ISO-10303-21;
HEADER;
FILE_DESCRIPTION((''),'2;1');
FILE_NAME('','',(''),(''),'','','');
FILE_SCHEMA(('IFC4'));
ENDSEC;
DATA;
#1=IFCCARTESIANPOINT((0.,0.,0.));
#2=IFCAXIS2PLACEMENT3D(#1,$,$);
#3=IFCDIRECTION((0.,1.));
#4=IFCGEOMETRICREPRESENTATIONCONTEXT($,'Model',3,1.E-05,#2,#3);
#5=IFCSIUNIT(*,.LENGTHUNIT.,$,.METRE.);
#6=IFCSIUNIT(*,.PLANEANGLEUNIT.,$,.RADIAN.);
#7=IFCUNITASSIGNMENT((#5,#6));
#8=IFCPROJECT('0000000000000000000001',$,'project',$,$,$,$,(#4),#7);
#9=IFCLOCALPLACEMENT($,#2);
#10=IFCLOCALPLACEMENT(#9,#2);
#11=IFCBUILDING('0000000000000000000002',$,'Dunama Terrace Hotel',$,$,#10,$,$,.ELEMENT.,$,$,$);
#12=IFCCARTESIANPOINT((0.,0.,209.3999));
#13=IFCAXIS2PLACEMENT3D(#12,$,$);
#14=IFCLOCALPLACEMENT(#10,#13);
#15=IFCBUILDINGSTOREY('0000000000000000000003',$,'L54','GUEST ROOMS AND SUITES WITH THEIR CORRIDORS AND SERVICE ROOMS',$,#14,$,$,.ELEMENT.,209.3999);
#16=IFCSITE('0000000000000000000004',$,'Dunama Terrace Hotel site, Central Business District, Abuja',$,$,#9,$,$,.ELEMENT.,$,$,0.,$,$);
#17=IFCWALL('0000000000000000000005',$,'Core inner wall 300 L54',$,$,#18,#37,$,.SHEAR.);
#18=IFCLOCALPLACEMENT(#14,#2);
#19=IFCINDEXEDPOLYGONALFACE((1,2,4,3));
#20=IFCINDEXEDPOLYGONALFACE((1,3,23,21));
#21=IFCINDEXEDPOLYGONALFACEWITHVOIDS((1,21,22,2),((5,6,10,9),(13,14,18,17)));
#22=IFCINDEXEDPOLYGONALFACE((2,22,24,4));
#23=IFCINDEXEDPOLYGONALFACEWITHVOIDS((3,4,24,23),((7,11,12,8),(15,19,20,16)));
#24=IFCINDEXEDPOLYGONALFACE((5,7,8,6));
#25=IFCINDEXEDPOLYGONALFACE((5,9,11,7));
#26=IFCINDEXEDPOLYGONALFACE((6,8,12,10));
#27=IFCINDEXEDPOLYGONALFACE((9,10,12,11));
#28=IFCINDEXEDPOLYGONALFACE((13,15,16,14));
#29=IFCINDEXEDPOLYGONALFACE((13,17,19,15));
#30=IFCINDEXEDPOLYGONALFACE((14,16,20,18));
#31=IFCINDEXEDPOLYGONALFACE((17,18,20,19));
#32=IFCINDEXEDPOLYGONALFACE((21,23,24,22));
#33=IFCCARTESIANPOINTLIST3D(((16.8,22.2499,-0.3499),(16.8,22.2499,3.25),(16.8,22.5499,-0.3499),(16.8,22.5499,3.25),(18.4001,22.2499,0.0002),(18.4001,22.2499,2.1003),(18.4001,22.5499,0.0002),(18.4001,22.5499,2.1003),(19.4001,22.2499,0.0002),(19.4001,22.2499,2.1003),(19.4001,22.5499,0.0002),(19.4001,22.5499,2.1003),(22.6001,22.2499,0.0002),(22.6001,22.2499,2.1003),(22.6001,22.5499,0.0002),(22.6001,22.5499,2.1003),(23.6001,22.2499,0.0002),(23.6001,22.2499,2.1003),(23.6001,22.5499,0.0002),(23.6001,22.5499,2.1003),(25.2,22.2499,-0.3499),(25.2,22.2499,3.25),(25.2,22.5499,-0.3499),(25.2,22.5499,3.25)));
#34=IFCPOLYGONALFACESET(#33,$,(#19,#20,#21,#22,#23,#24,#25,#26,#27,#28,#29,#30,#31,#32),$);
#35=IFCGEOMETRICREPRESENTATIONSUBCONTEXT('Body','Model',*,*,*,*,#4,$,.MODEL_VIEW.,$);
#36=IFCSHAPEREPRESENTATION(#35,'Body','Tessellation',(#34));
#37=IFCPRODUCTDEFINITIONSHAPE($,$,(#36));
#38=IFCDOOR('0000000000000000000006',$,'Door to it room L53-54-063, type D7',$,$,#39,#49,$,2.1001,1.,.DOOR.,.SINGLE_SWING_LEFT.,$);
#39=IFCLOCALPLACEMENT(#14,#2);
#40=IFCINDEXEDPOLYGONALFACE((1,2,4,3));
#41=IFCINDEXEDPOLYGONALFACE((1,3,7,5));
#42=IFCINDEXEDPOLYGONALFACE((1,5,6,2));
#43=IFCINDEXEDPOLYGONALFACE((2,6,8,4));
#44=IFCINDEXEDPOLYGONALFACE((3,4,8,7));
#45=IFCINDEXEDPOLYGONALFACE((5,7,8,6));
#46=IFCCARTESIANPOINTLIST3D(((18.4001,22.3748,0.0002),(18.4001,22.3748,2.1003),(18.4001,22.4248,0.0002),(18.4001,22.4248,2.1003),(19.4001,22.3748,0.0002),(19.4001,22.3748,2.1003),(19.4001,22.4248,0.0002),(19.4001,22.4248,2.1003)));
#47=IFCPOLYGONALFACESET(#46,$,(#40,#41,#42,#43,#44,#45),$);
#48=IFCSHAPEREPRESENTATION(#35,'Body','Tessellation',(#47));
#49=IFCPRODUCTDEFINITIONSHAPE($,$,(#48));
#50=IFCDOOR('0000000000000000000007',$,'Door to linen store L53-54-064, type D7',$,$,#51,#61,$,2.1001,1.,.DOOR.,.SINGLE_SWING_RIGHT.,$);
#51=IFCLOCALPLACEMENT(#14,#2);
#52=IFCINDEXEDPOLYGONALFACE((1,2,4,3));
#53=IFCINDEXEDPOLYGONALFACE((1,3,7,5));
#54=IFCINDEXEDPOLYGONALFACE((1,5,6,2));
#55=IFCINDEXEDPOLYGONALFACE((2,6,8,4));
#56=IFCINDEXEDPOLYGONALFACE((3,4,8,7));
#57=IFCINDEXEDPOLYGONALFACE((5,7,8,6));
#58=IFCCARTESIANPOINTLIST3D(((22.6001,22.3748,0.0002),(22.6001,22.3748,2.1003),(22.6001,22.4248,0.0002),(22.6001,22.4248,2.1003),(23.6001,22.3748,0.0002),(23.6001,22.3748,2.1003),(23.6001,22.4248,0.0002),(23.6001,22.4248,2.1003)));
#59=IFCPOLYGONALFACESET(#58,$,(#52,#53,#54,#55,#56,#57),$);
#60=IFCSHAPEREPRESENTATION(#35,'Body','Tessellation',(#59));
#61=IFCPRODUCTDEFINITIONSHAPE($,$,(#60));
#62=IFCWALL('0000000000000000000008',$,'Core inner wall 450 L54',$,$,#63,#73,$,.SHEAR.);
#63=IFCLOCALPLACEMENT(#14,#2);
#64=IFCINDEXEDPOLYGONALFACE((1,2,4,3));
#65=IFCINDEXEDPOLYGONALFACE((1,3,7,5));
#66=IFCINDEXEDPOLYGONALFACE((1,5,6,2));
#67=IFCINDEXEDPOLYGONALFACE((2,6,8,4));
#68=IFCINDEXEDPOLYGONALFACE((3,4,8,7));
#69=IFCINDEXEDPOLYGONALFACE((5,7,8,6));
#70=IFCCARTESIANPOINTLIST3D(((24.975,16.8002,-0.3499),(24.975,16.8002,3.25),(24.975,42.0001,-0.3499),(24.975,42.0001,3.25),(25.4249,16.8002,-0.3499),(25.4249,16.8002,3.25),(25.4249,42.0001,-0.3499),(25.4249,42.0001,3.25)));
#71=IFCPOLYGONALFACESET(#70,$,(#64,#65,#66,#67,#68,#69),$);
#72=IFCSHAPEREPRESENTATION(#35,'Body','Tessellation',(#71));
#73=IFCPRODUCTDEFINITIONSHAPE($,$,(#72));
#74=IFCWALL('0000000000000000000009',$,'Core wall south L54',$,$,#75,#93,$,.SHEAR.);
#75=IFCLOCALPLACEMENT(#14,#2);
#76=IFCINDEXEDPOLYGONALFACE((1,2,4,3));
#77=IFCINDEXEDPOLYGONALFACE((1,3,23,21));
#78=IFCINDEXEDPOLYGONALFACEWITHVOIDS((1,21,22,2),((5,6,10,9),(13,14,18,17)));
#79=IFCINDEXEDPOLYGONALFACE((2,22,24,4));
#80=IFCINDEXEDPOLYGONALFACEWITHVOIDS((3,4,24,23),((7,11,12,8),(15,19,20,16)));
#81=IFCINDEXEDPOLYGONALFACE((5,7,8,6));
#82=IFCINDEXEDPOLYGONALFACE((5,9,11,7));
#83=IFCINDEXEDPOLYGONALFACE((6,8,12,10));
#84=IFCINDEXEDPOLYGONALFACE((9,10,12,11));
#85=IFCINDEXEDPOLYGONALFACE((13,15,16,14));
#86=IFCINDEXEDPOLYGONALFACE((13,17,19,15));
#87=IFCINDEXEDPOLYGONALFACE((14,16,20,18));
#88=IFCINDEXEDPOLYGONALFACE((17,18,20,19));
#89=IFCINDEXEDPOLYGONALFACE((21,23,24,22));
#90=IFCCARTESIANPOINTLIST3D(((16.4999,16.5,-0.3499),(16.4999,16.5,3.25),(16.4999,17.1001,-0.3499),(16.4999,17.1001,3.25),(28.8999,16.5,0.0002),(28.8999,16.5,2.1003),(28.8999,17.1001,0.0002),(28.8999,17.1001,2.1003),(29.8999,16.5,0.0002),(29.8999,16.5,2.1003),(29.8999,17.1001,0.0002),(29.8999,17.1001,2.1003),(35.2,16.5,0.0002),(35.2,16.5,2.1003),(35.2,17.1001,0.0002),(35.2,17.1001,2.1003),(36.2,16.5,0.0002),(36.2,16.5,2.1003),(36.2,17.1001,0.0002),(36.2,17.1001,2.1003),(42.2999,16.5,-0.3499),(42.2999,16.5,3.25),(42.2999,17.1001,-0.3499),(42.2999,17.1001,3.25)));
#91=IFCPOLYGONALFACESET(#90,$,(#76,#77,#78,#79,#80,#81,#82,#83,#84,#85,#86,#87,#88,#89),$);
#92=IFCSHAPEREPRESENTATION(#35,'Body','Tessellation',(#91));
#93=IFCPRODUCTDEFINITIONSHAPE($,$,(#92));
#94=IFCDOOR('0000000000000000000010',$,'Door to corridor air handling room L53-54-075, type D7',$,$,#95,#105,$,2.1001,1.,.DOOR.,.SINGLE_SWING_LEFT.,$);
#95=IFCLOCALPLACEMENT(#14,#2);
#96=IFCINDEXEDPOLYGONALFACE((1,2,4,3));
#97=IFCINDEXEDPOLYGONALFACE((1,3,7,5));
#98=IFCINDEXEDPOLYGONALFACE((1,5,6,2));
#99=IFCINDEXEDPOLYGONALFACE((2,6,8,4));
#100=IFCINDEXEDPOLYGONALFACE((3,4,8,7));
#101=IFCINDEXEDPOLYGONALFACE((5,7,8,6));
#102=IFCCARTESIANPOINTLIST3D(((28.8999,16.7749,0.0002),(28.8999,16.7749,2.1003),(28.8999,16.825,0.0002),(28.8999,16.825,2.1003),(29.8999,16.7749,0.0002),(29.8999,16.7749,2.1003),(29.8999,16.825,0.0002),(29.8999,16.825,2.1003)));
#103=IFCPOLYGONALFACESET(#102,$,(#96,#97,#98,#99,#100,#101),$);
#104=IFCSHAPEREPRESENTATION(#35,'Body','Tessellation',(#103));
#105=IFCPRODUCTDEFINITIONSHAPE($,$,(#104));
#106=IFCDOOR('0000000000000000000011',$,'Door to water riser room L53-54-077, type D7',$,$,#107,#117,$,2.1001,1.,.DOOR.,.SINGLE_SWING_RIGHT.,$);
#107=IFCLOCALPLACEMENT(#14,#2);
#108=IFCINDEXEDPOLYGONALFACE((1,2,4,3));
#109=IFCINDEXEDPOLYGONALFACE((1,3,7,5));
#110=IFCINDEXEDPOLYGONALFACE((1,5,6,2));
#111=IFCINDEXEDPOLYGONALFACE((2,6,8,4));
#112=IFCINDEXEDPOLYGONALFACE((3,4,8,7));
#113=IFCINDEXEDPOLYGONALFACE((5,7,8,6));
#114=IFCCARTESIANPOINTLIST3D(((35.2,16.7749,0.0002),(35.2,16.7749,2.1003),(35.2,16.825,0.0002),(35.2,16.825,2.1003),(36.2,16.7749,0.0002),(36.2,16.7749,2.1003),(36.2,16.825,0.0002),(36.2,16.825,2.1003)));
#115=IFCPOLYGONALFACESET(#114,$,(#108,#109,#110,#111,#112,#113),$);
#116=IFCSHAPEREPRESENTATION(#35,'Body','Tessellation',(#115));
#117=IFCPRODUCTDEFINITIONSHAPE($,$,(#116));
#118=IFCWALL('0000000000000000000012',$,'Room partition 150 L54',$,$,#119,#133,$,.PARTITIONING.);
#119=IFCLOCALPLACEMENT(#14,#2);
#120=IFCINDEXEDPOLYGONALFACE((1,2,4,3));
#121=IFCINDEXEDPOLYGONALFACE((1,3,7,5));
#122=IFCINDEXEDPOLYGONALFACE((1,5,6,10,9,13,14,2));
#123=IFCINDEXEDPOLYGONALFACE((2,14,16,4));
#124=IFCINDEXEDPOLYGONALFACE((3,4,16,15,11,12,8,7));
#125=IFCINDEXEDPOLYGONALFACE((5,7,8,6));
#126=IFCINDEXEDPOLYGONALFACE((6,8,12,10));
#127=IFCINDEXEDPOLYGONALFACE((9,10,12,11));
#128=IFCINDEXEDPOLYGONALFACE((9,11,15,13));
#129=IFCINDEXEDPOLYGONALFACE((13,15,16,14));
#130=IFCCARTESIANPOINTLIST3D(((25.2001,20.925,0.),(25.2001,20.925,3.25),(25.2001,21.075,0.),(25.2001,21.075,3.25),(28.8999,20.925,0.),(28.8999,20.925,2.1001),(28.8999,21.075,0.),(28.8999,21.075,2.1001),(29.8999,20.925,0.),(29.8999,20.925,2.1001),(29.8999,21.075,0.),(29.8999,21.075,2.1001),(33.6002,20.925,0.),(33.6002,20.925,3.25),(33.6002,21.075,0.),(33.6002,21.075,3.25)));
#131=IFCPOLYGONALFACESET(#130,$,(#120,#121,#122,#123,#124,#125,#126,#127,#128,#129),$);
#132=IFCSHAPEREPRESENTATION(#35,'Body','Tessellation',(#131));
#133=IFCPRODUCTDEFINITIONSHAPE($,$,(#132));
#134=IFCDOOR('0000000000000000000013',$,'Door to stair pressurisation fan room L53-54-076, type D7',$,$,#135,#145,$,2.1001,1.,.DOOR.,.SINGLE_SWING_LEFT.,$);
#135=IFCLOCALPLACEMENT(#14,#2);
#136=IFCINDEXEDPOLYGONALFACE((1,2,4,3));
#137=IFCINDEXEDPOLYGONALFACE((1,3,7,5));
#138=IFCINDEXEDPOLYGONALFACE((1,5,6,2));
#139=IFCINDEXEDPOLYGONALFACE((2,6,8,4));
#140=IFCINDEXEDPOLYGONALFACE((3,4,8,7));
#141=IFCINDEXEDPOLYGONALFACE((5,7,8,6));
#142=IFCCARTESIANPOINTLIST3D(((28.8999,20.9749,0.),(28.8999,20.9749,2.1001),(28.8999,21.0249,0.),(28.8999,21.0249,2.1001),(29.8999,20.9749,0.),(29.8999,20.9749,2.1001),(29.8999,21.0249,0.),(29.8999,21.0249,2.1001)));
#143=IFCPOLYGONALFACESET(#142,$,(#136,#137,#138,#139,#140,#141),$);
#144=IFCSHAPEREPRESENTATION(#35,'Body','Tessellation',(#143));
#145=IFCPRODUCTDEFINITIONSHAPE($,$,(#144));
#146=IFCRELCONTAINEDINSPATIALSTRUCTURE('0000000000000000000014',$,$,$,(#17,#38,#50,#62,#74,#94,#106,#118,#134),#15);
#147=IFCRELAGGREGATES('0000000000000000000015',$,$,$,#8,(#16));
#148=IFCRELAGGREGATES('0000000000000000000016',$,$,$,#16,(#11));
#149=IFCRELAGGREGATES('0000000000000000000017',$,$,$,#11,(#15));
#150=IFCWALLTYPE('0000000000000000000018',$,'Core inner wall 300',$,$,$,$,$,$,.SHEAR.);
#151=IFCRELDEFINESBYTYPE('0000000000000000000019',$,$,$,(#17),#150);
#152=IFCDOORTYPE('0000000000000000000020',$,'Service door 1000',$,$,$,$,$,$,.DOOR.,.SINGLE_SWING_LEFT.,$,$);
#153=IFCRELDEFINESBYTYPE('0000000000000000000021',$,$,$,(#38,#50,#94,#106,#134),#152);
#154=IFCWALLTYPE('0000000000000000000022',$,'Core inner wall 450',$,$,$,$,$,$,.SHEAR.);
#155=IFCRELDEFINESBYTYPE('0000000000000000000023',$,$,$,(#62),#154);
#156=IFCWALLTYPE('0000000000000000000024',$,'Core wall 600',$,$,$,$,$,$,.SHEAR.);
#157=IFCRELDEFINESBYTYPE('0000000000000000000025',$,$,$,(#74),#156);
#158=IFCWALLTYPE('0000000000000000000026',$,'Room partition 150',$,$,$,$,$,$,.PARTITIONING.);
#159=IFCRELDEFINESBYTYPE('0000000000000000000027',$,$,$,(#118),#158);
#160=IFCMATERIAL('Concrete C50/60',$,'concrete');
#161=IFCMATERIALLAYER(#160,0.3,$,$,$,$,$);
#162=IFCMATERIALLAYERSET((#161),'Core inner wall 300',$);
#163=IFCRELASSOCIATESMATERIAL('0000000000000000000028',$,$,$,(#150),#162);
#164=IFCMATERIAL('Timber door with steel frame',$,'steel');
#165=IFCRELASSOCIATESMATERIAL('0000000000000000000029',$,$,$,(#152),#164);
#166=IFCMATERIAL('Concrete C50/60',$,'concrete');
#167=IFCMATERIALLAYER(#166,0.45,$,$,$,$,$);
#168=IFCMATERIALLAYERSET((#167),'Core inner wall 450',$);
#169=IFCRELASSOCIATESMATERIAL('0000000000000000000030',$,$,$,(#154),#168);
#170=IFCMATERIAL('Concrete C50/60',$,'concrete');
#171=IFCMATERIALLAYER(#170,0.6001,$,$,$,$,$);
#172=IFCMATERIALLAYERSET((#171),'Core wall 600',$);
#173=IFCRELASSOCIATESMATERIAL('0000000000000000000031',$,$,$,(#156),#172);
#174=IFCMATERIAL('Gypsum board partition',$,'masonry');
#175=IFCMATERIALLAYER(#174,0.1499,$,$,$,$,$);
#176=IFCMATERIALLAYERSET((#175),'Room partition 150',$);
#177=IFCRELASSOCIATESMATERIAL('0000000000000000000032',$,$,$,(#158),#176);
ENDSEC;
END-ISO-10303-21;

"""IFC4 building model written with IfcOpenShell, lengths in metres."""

from ifc_helpers import new_model, si_unit, direction, frame, frame_2d, origin, place, context, subcontext, project, spatial, rectangle, extrude, material, layer, layer_set, type_object, element, fill, save


model = new_model("IFC4")

# Units and contexts
model_context = context("Model", 3, precision=1e-05, world=origin(), true_north=direction((0.0, 1.0)))
body_context = subcontext(model_context, "Body", "Model", "MODEL_VIEW")
ifc_project = project(units=[si_unit("LENGTHUNIT", "METRE"), si_unit("PLANEANGLEUNIT", "RADIAN")], contexts=[model_context])

# Site, building, storey
site_placement = place(None, origin())
site = spatial("IfcSite", under=ifc_project, at=site_placement, Name="Dunama Terrace Hotel site, Central Business District, Abuja", CompositionType="ELEMENT", RefElevation=0.0)
building_placement = place(site_placement, origin())
building = spatial("IfcBuilding", under=site, at=building_placement, Name="Dunama Terrace Hotel", CompositionType="ELEMENT")
storey_placement = place(building_placement, frame((0.0, 0.0, 209.3999)))
storey = spatial("IfcBuildingStorey", under=building, at=storey_placement, Name="L54", Description="GUEST ROOMS AND SUITES WITH THEIR CORRIDORS AND SERVICE ROOMS", CompositionType="ELEMENT", Elevation=209.3999)

# Shared definitions
ifc_material_1 = material(Name="Concrete C50/60", Category="concrete")
ifc_layer_1 = layer(ifc_material_1, 0.3)
ifc_layer_set_1 = layer_set([ifc_layer_1], Name="Core inner wall 300")
wall_type_1 = type_object("IfcWallType", Name="Core inner wall 300", PredefinedType="SHEAR", material=ifc_layer_set_1)

# Wall, openings, doors
ifc_material_2 = material(Name="Timber door with steel frame", Category="steel")
door_type_1 = type_object("IfcDoorType", Name="Service door 1000", OperationType="SINGLE_SWING_LEFT", PredefinedType="DOOR", material=ifc_material_2)
wall_1_placement = place(storey_placement, frame((16.8, 22.3999, -0.3499), z_axis=(0.0, 0.0, 1.0), x_axis=(1.0, 0.0, 0.0)))
wall_1 = element("IfcWall", 1, at=wall_1_placement, inside=storey, type_object=wall_type_1, Name="Core inner wall 300 L54", PredefinedType="SHEAR", context=body_context, shape_type="SweptSolid", body=[
    extrude(rectangle(XDim=8.3999, YDim=0.3, at=frame_2d((4.2, 0.0))), origin(), (0.0, 0.0, 1.0), 3.5999),
])
opening_1_placement = place(wall_1_placement, frame((1.6001, 0.0, 0.3501)))
opening_1 = element("IfcOpeningElement", 2, at=opening_1_placement, cuts=wall_1, PredefinedType="OPENING", context=body_context, shape_type="SweptSolid", body=[
    extrude(rectangle(XDim=1.0, YDim=2.1001, at=frame_2d((0.5, 1.05))), frame((0.0, 0.1599, 0.0), z_axis=(0.0, -1.0, 0.0), x_axis=(1.0, 0.0, 0.0)), (0.0, 0.0, 1.0), 0.3201),
])
opening_2_placement = place(wall_1_placement, frame((5.8, 0.0, 0.3501)))
opening_2 = element("IfcOpeningElement", 3, at=opening_2_placement, cuts=wall_1, PredefinedType="OPENING", context=body_context, shape_type="SweptSolid", body=[
    extrude(rectangle(XDim=1.0, YDim=2.1001, at=frame_2d((0.5, 1.05))), frame((0.0, 0.1599, 0.0), z_axis=(0.0, -1.0, 0.0), x_axis=(1.0, 0.0, 0.0)), (0.0, 0.0, 1.0), 0.3201),
])
door_1_placement = place(opening_1_placement, origin())
door_1 = element("IfcDoor", 4, at=door_1_placement, inside=storey, type_object=door_type_1, Name="Door to it room L53-54-063, type D7", OperationType="SINGLE_SWING_LEFT", OverallHeight=2.1001, OverallWidth=1.0, PredefinedType="DOOR", context=body_context, shape_type="SweptSolid", body=[
    extrude(rectangle(XDim=1.0, YDim=2.1001, at=frame_2d((0.5, 1.05))), frame((0.0, 0.0249, 0.0), z_axis=(0.0, -1.0, 0.0), x_axis=(1.0, 0.0, 0.0)), (0.0, 0.0, 1.0), 0.05),
])
fill(opening_1, door_1)
door_2_placement = place(opening_2_placement, origin())
door_2 = element("IfcDoor", 5, at=door_2_placement, inside=storey, type_object=door_type_1, Name="Door to linen store L53-54-064, type D7", OperationType="SINGLE_SWING_RIGHT", OverallHeight=2.1001, OverallWidth=1.0, PredefinedType="DOOR", context=body_context, shape_type="SweptSolid", body=[
    extrude(rectangle(XDim=1.0, YDim=2.1001, at=frame_2d((0.5, 1.05))), frame((0.0, 0.0249, 0.0), z_axis=(0.0, -1.0, 0.0), x_axis=(1.0, 0.0, 0.0)), (0.0, 0.0, 1.0), 0.05),
])
fill(opening_2, door_2)

# Wall
ifc_material_3 = material(Name="Concrete C50/60", Category="concrete")
ifc_layer_2 = layer(ifc_material_3, 0.45)
ifc_layer_set_2 = layer_set([ifc_layer_2], Name="Core inner wall 450")
wall_type_2 = type_object("IfcWallType", Name="Core inner wall 450", PredefinedType="SHEAR", material=ifc_layer_set_2)
wall_2_placement = place(storey_placement, frame((25.2, 16.8, -0.3499), z_axis=(0.0, 0.0, 1.0), x_axis=(0.0, 1.0, 0.0)))
element("IfcWall", 6, at=wall_2_placement, inside=storey, type_object=wall_type_2, Name="Core inner wall 450 L54", PredefinedType="SHEAR", context=body_context, shape_type="SweptSolid", body=[
    extrude(rectangle(XDim=25.2, YDim=0.45, at=frame_2d((12.6001, 0.0))), origin(), (0.0, 0.0, 1.0), 3.5999),
])

# Wall, openings, doors
ifc_material_4 = material(Name="Concrete C50/60", Category="concrete")
ifc_layer_3 = layer(ifc_material_4, 0.6001)
ifc_layer_set_3 = layer_set([ifc_layer_3], Name="Core wall 600")
wall_type_3 = type_object("IfcWallType", Name="Core wall 600", PredefinedType="SHEAR", material=ifc_layer_set_3)
wall_3_placement = place(storey_placement, frame((16.5, 16.8, -0.3499), z_axis=(0.0, 0.0, 1.0), x_axis=(1.0, 0.0, 0.0)))
wall_3 = element("IfcWall", 7, at=wall_3_placement, inside=storey, type_object=wall_type_3, Name="Core wall south L54", PredefinedType="SHEAR", context=body_context, shape_type="SweptSolid", body=[
    extrude(rectangle(XDim=25.8, YDim=0.6001, at=frame_2d((12.8999, 0.0))), origin(), (0.0, 0.0, 1.0), 3.5999),
])
opening_3_placement = place(wall_3_placement, frame((12.3999, 0.0, 0.3501)))
opening_3 = element("IfcOpeningElement", 8, at=opening_3_placement, cuts=wall_3, PredefinedType="OPENING", context=body_context, shape_type="SweptSolid", body=[
    extrude(rectangle(XDim=1.0, YDim=2.1001, at=frame_2d((0.5, 1.05))), frame((0.0, 0.3101, 0.0), z_axis=(0.0, -1.0, 0.0), x_axis=(1.0, 0.0, 0.0)), (0.0, 0.0, 1.0), 0.6201),
])
opening_4_placement = place(wall_3_placement, frame((18.7, 0.0, 0.3501)))
opening_4 = element("IfcOpeningElement", 9, at=opening_4_placement, cuts=wall_3, PredefinedType="OPENING", context=body_context, shape_type="SweptSolid", body=[
    extrude(rectangle(XDim=1.0, YDim=2.1001, at=frame_2d((0.5, 1.05))), frame((0.0, 0.3101, 0.0), z_axis=(0.0, -1.0, 0.0), x_axis=(1.0, 0.0, 0.0)), (0.0, 0.0, 1.0), 0.6201),
])
door_3_placement = place(opening_3_placement, origin())
door_3 = element("IfcDoor", 10, at=door_3_placement, inside=storey, type_object=door_type_1, Name="Door to corridor air handling room L53-54-075, type D7", OperationType="SINGLE_SWING_LEFT", OverallHeight=2.1001, OverallWidth=1.0, PredefinedType="DOOR", context=body_context, shape_type="SweptSolid", body=[
    extrude(rectangle(XDim=1.0, YDim=2.1001, at=frame_2d((0.5, 1.05))), frame((0.0, 0.0249, 0.0), z_axis=(0.0, -1.0, 0.0), x_axis=(1.0, 0.0, 0.0)), (0.0, 0.0, 1.0), 0.05),
])
fill(opening_3, door_3)
door_4_placement = place(opening_4_placement, origin())
door_4 = element("IfcDoor", 11, at=door_4_placement, inside=storey, type_object=door_type_1, Name="Door to water riser room L53-54-077, type D7", OperationType="SINGLE_SWING_RIGHT", OverallHeight=2.1001, OverallWidth=1.0, PredefinedType="DOOR", context=body_context, shape_type="SweptSolid", body=[
    extrude(rectangle(XDim=1.0, YDim=2.1001, at=frame_2d((0.5, 1.05))), frame((0.0, 0.0249, 0.0), z_axis=(0.0, -1.0, 0.0), x_axis=(1.0, 0.0, 0.0)), (0.0, 0.0, 1.0), 0.05),
])
fill(opening_4, door_4)

# Wall, opening, door
ifc_material_5 = material(Name="Gypsum board partition", Category="masonry")
ifc_layer_4 = layer(ifc_material_5, 0.1499)
ifc_layer_set_4 = layer_set([ifc_layer_4], Name="Room partition 150")
wall_type_4 = type_object("IfcWallType", Name="Room partition 150", PredefinedType="PARTITIONING", material=ifc_layer_set_4)
wall_4_placement = place(storey_placement, frame((25.2, 21.0, 0.0), z_axis=(0.0, 0.0, 1.0), x_axis=(1.0, 0.0, 0.0)))
wall_4 = element("IfcWall", 12, at=wall_4_placement, inside=storey, type_object=wall_type_4, Name="Room partition 150 L54", PredefinedType="PARTITIONING", context=body_context, shape_type="SweptSolid", body=[
    extrude(rectangle(XDim=8.4001, YDim=0.1499, at=frame_2d((4.2002, 0.0))), origin(), (0.0, 0.0, 1.0), 3.25),
])
opening_5_placement = place(wall_4_placement, frame((3.7, 0.0, 0.0)))
opening_5 = element("IfcOpeningElement", 13, at=opening_5_placement, cuts=wall_4, PredefinedType="OPENING", context=body_context, shape_type="SweptSolid", body=[
    extrude(rectangle(XDim=1.0, YDim=2.1001, at=frame_2d((0.5, 1.05))), frame((0.0, 0.085, 0.0), z_axis=(0.0, -1.0, 0.0), x_axis=(1.0, 0.0, 0.0)), (0.0, 0.0, 1.0), 0.1699),
])
door_5_placement = place(opening_5_placement, origin())
door_5 = element("IfcDoor", 14, at=door_5_placement, inside=storey, type_object=door_type_1, Name="Door to stair pressurisation fan room L53-54-076, type D7", OperationType="SINGLE_SWING_LEFT", OverallHeight=2.1001, OverallWidth=1.0, PredefinedType="DOOR", context=body_context, shape_type="SweptSolid", body=[
    extrude(rectangle(XDim=1.0, YDim=2.1001, at=frame_2d((0.5, 1.05))), frame((0.0, 0.0249, 0.0), z_axis=(0.0, -1.0, 0.0), x_axis=(1.0, 0.0, 0.0)), (0.0, 0.0, 1.0), 0.05),
])
fill(opening_5, door_5)

save(model, "model.ifc")
